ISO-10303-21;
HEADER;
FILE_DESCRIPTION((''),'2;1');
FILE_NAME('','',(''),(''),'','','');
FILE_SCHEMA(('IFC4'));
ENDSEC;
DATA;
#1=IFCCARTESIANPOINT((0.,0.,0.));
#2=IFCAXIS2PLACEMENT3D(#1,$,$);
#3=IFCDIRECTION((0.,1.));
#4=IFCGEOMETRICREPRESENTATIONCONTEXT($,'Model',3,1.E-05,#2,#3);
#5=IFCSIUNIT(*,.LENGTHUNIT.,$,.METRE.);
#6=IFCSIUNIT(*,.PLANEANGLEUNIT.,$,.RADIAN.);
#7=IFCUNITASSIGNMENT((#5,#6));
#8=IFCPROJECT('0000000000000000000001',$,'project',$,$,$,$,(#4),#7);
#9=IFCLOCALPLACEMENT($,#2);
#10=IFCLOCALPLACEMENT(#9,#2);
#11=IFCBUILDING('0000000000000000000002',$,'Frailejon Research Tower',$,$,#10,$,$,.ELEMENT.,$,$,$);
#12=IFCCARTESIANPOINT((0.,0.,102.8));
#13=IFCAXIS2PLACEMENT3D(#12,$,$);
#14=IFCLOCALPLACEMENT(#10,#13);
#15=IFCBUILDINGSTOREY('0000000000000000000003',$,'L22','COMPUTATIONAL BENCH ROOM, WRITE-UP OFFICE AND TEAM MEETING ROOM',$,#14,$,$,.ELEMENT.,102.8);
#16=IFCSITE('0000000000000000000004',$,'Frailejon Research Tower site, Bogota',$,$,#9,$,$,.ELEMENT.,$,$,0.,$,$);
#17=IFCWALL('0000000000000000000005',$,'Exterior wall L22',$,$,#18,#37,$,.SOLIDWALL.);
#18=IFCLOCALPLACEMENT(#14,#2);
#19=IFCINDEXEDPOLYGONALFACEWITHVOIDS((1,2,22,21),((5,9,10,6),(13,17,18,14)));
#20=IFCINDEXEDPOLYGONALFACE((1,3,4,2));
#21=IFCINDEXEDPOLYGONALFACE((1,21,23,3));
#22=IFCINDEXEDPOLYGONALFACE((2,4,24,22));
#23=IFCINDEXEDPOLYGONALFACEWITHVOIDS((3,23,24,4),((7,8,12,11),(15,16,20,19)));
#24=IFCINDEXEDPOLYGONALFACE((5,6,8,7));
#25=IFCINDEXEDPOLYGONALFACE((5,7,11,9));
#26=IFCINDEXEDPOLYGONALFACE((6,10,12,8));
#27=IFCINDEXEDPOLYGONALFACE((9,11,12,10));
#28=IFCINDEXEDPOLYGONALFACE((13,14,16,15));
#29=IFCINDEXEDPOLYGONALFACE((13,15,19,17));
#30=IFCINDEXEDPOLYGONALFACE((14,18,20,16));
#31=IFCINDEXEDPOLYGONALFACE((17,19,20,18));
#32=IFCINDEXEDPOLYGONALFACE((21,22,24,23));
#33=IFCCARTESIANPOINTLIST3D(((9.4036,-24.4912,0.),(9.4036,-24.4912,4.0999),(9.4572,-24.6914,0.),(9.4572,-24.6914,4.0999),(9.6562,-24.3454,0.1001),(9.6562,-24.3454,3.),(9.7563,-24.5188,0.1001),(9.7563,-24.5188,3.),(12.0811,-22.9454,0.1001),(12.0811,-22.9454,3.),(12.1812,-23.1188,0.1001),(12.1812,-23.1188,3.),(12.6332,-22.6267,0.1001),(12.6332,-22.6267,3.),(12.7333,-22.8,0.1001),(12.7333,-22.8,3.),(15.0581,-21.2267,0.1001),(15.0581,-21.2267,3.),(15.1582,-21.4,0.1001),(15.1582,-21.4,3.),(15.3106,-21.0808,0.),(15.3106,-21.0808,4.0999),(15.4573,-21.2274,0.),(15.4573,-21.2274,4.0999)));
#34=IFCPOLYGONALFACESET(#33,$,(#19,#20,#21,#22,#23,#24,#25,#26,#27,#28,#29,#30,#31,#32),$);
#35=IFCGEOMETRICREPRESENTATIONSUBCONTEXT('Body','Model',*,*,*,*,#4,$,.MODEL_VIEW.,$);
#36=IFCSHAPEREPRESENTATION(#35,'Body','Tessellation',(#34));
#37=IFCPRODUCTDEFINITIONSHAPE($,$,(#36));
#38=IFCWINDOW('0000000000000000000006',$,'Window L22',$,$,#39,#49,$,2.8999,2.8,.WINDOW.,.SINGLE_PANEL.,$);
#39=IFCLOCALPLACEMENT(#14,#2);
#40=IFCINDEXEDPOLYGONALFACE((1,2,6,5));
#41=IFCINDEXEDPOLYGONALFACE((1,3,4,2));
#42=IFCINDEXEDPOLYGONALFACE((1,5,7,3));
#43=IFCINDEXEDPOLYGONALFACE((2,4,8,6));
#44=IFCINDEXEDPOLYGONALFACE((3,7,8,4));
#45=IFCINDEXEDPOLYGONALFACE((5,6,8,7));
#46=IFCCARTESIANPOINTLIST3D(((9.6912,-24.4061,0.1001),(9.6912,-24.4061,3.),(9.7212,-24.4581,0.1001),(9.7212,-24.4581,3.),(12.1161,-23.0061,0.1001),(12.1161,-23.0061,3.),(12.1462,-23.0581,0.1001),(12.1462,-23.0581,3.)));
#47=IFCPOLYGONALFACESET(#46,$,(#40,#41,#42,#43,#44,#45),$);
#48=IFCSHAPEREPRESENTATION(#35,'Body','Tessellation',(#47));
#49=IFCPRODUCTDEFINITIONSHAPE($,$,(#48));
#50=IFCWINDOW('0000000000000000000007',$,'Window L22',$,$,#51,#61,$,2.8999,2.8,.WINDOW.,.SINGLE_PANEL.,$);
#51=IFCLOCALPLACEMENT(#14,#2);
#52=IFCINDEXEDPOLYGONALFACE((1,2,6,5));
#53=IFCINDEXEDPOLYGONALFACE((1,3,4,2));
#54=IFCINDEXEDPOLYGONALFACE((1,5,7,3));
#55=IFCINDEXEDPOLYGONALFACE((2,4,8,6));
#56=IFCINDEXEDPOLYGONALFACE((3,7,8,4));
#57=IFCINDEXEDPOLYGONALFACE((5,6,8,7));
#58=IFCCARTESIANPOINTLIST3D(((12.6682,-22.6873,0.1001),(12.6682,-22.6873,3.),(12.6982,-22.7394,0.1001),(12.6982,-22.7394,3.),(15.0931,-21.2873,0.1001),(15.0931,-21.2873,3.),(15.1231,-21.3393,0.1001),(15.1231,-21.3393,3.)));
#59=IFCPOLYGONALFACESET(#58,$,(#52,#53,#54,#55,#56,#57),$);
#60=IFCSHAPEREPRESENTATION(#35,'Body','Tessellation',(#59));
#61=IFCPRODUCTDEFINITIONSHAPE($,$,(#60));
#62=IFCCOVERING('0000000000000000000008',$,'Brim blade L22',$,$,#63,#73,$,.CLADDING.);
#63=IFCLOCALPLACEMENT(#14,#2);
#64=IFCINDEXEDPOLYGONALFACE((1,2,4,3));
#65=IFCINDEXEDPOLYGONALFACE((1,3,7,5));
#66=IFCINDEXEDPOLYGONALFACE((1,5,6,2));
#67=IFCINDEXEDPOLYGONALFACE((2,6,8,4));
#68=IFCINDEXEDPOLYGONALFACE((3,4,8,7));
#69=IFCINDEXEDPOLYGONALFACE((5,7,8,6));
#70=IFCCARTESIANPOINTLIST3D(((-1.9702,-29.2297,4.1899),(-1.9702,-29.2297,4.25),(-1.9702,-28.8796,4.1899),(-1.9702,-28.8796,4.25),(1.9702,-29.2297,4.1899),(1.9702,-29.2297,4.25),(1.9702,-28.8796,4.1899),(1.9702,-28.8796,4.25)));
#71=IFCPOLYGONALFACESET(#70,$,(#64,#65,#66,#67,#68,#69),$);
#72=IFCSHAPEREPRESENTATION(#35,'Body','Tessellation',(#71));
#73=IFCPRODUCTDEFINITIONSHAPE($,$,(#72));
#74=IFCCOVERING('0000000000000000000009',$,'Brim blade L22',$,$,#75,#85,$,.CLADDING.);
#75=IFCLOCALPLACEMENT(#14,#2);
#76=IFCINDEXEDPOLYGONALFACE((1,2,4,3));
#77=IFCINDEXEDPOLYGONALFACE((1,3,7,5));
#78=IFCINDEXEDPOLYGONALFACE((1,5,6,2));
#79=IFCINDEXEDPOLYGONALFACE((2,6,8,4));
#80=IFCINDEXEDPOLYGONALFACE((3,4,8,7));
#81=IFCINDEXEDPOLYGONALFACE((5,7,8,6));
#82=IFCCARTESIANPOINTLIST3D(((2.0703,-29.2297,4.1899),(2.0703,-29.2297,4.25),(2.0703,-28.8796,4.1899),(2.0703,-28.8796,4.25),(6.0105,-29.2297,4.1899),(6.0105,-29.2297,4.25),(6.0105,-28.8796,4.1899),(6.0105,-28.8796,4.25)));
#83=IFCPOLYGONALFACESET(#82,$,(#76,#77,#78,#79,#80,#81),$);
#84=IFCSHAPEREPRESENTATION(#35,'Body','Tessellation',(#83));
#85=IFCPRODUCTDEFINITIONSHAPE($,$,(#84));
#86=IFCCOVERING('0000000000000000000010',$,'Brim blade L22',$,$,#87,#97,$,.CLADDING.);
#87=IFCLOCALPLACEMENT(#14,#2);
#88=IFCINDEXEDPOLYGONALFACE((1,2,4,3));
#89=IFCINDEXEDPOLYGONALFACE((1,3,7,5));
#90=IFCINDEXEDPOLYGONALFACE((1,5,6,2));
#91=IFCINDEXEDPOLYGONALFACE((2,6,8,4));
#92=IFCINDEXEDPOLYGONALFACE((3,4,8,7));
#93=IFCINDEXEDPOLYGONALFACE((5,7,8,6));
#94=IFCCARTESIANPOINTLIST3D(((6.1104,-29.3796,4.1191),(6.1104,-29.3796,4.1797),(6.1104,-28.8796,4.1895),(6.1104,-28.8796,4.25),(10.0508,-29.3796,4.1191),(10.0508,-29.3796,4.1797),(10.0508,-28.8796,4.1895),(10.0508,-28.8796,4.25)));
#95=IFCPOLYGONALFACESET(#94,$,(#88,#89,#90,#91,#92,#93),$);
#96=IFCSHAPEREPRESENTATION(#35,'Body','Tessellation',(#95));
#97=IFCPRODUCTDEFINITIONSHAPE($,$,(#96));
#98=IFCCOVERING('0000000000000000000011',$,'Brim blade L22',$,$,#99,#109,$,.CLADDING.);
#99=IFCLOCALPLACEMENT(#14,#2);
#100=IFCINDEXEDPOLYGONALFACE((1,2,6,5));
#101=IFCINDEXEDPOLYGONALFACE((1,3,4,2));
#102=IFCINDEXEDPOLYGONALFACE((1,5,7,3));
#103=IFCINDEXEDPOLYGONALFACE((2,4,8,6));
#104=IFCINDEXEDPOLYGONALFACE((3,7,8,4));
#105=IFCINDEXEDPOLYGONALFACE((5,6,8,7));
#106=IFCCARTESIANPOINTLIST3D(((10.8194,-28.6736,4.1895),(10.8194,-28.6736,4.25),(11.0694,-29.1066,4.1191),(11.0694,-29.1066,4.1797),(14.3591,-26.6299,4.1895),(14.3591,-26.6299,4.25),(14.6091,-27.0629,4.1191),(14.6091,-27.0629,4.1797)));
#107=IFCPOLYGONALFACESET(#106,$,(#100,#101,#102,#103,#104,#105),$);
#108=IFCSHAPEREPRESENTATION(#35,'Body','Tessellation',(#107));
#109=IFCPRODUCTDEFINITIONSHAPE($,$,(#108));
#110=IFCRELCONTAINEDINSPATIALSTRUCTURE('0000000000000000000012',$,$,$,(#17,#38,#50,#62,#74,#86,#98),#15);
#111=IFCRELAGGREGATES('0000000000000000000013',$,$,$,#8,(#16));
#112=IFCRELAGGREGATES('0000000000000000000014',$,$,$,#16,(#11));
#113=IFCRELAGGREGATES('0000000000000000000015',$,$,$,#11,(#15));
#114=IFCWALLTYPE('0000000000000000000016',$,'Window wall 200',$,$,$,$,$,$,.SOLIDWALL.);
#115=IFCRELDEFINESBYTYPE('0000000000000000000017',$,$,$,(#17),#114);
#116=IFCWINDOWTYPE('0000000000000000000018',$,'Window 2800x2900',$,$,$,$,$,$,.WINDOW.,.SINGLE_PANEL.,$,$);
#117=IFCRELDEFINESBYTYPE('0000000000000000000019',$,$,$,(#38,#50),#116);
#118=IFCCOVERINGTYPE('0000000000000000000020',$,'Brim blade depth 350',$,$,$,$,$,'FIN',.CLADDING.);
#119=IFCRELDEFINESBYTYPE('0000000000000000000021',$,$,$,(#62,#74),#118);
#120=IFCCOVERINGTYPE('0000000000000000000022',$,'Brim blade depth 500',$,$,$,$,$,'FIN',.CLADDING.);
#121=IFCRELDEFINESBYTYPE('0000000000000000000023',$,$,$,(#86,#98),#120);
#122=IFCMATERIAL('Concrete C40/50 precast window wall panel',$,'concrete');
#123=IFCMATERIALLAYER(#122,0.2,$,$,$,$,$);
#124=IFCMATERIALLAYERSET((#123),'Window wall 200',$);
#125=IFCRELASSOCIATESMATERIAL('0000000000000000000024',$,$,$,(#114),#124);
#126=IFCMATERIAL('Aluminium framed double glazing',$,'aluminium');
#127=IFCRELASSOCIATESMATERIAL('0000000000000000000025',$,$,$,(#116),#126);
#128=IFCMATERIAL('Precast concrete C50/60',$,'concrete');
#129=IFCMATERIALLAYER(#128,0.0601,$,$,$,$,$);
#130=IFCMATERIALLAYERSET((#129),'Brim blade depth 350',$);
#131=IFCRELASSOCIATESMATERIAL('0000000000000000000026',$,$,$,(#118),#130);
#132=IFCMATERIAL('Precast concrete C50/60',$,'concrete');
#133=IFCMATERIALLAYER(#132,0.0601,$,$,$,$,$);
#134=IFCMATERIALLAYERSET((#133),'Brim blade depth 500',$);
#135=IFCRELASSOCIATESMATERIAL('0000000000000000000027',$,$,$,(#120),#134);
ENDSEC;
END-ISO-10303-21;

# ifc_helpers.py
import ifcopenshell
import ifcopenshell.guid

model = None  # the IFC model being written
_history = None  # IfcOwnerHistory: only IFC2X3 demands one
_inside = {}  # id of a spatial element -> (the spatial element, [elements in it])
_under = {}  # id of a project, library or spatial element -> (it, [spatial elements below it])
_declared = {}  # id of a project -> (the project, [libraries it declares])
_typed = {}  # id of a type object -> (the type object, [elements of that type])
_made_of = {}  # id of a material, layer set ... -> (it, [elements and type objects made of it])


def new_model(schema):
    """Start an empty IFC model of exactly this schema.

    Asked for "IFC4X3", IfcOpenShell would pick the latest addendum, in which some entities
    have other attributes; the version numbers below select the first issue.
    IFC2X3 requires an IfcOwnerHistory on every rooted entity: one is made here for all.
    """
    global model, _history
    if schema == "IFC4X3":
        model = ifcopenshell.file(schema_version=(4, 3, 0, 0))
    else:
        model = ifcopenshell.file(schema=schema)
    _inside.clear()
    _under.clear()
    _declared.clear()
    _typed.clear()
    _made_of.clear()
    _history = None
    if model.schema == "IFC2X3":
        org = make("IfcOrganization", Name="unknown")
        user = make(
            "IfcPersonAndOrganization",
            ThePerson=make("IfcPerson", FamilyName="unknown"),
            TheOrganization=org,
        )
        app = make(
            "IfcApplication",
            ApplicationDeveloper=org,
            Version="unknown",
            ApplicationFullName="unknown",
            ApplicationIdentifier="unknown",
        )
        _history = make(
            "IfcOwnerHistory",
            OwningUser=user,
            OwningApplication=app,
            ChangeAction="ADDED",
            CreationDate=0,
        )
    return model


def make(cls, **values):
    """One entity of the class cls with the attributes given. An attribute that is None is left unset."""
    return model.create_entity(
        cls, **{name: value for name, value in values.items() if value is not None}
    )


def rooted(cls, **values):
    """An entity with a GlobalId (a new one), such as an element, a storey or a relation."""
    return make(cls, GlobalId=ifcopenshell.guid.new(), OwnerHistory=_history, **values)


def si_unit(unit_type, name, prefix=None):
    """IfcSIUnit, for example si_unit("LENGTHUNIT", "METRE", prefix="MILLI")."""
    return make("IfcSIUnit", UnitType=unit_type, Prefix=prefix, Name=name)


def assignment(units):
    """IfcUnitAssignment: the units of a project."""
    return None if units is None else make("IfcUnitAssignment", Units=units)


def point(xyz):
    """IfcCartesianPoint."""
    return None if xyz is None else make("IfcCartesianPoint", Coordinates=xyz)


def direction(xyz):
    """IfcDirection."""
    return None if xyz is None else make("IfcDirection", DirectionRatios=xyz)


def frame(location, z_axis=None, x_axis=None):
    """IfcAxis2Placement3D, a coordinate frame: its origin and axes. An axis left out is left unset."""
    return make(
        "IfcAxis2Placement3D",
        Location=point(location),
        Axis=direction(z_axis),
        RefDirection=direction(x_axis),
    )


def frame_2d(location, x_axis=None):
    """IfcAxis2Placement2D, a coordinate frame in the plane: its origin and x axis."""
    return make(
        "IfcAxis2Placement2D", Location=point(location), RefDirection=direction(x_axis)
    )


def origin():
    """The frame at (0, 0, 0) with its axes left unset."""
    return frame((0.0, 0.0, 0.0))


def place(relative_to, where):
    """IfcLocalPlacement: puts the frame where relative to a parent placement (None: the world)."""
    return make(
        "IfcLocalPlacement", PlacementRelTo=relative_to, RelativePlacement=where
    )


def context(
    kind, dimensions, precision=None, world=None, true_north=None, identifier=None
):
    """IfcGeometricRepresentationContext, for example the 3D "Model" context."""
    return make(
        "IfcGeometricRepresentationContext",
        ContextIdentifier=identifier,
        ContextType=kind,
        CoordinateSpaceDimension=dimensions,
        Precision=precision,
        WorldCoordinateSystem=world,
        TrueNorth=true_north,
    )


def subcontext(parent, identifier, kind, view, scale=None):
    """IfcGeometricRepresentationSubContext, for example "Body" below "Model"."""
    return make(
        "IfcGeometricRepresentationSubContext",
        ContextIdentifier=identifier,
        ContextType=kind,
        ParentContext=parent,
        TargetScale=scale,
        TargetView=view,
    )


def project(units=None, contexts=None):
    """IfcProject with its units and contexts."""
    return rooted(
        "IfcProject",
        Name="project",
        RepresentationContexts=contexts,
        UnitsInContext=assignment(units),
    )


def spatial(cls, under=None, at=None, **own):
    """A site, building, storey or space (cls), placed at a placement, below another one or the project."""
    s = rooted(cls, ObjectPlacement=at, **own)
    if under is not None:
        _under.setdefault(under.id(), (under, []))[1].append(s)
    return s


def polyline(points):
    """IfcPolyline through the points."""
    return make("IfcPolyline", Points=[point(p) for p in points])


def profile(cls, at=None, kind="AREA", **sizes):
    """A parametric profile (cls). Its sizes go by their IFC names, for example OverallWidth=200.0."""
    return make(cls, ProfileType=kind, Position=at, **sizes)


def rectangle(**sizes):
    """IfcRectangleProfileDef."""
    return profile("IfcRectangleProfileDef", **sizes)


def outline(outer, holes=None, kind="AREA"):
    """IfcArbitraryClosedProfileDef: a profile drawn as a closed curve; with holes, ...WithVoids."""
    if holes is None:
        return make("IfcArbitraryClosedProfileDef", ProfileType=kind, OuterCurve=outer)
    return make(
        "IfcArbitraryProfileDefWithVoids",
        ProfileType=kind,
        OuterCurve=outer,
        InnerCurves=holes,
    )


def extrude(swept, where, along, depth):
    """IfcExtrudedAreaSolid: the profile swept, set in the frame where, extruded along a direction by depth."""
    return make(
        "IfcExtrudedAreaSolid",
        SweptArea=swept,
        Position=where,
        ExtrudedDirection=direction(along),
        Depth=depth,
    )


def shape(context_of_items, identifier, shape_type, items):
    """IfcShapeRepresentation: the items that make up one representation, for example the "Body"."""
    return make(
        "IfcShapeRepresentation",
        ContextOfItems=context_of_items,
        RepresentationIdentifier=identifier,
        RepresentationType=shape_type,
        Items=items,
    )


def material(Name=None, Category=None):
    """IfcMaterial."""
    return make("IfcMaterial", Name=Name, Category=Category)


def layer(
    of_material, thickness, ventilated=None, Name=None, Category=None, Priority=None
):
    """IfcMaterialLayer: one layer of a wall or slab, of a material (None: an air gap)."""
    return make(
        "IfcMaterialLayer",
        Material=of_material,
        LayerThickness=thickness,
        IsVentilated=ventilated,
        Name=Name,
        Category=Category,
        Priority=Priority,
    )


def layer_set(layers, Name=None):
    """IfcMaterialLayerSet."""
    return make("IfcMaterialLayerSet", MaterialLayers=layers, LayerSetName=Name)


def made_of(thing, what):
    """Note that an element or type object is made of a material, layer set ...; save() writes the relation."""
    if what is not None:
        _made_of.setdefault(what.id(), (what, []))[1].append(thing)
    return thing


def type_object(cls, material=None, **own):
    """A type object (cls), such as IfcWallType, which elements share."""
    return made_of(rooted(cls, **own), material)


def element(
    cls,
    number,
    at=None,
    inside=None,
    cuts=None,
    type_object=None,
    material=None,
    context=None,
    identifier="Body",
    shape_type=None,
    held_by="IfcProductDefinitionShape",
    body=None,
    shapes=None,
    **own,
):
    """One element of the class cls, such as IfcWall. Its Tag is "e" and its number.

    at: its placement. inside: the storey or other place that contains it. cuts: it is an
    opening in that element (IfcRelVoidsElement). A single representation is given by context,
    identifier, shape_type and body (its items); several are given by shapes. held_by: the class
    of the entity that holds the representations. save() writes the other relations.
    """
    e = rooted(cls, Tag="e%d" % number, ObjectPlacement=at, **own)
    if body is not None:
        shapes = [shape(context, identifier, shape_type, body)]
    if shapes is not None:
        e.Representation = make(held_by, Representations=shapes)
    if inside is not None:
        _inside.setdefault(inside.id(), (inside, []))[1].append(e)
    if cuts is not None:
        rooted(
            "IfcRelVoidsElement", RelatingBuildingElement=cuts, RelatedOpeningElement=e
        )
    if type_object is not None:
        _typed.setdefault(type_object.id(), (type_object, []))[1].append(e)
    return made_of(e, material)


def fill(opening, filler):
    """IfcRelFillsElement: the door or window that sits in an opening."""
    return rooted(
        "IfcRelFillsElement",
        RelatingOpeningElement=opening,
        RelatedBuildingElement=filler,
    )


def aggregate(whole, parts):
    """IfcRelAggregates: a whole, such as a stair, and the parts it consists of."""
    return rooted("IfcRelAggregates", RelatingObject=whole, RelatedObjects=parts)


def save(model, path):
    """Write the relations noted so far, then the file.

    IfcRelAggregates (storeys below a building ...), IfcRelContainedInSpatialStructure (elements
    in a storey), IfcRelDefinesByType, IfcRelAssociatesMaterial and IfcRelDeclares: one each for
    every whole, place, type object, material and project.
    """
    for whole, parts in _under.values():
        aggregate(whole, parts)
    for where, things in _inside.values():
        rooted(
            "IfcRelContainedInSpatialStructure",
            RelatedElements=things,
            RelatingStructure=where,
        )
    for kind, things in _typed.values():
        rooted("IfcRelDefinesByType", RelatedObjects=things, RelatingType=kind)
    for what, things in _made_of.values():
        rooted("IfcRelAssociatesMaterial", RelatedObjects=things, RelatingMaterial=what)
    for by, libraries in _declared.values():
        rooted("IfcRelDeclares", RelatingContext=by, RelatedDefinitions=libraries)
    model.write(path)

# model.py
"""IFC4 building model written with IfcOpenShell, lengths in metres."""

from ifc_helpers import new_model, si_unit, direction, frame, frame_2d, origin, place, context, subcontext, project, spatial, polyline, rectangle, outline, extrude, material, layer, layer_set, type_object, element, fill, save


model = new_model("IFC4")

# Units and contexts
model_context = context("Model", 3, precision=1e-05, world=origin(), true_north=direction((0.0, 1.0)))
body_context = subcontext(model_context, "Body", "Model", "MODEL_VIEW")
ifc_project = project(units=[si_unit("LENGTHUNIT", "METRE"), si_unit("PLANEANGLEUNIT", "RADIAN")], contexts=[model_context])

# Site, building, storey
site_placement = place(None, origin())
site = spatial("IfcSite", under=ifc_project, at=site_placement, Name="Frailejon Research Tower site, Bogota", CompositionType="ELEMENT", RefElevation=0.0)
building_placement = place(site_placement, origin())
building = spatial("IfcBuilding", under=site, at=building_placement, Name="Frailejon Research Tower", CompositionType="ELEMENT")
storey_placement = place(building_placement, frame((0.0, 0.0, 102.8)))
storey = spatial("IfcBuildingStorey", under=building, at=storey_placement, Name="L22", Description="COMPUTATIONAL BENCH ROOM, WRITE-UP OFFICE AND TEAM MEETING ROOM", CompositionType="ELEMENT", Elevation=102.8)

# Wall, openings, windows
ifc_material_1 = material(Name="Concrete C40/50 precast window wall panel", Category="concrete")
ifc_layer_1 = layer(ifc_material_1, 0.2)
ifc_layer_set_1 = layer_set([ifc_layer_1], Name="Window wall 200")
wall_type_1 = type_object("IfcWallType", Name="Window wall 200", PredefinedType="SOLIDWALL", material=ifc_layer_set_1)
wall_1_placement = place(storey_placement, frame((9.4304, -24.5913, 0.0), z_axis=(0.0, 0.0, 1.0), x_axis=(0.866029, 0.499993, 0.0)))
wall_1 = element("IfcWall", 1, at=wall_1_placement, inside=storey, type_object=wall_type_1, Name="Exterior wall L22", PredefinedType="SOLIDWALL", context=body_context, shape_type="SweptSolid", body=[
    extrude(outline(polyline([(-0.0269, -0.1001), (1.1279, -0.1001), (2.2825, -0.1001), (3.4373, -0.1001), (4.592, -0.1001), (5.7466, -0.1001), (6.9014, -0.1001), (6.8477, 0.1001), (5.7109, 0.1001), (4.574, 0.1001), (3.4373, 0.1001), (2.3005, 0.1001), (1.1636, 0.1001), (0.0269, 0.1001), (-0.0269, -0.1001)])), origin(), (0.0, 0.0, 1.0), 4.0999),
])
opening_1_placement = place(wall_1_placement, frame((0.3186, 0.0, 0.1001)))
opening_1 = element("IfcOpeningElement", 2, at=opening_1_placement, cuts=wall_1, PredefinedType="OPENING", context=body_context, shape_type="SweptSolid", body=[
    extrude(rectangle(XDim=2.8, YDim=2.8999, at=frame_2d((1.3999, 1.45))), frame((0.0, 0.1099, 0.0), z_axis=(0.0, -1.0, 0.0), x_axis=(1.0, 0.0, 0.0)), (0.0, 0.0, 1.0), 0.22),
])
opening_2_placement = place(wall_1_placement, frame((3.7561, 0.0, 0.1001)))
opening_2 = element("IfcOpeningElement", 3, at=opening_2_placement, cuts=wall_1, PredefinedType="OPENING", context=body_context, shape_type="SweptSolid", body=[
    extrude(rectangle(XDim=2.8, YDim=2.8999, at=frame_2d((1.3999, 1.45))), frame((0.0, 0.1099, 0.0), z_axis=(0.0, -1.0, 0.0), x_axis=(1.0, 0.0, 0.0)), (0.0, 0.0, 1.0), 0.22),
])
ifc_material_2 = material(Name="Aluminium framed double glazing", Category="aluminium")
window_type = type_object("IfcWindowType", Name="Window 2800x2900", PartitioningType="SINGLE_PANEL", PredefinedType="WINDOW", material=ifc_material_2)
window_1_placement = place(opening_1_placement, origin())
window_1 = element("IfcWindow", 4, at=window_1_placement, inside=storey, type_object=window_type, Name="Window L22", OverallHeight=2.8999, OverallWidth=2.8, PartitioningType="SINGLE_PANEL", PredefinedType="WINDOW", context=body_context, shape_type="SweptSolid", body=[
    extrude(rectangle(XDim=2.8, YDim=2.8999, at=frame_2d((1.3999, 1.45))), frame((0.0, 0.03, 0.0), z_axis=(0.0, -1.0, 0.0), x_axis=(1.0, 0.0, 0.0)), (0.0, 0.0, 1.0), 0.0601),
])
fill(opening_1, window_1)
window_2_placement = place(opening_2_placement, origin())
window_2 = element("IfcWindow", 5, at=window_2_placement, inside=storey, type_object=window_type, Name="Window L22", OverallHeight=2.8999, OverallWidth=2.8, PartitioningType="SINGLE_PANEL", PredefinedType="WINDOW", context=body_context, shape_type="SweptSolid", body=[
    extrude(rectangle(XDim=2.8, YDim=2.8999, at=frame_2d((1.3999, 1.45))), frame((0.0, 0.03, 0.0), z_axis=(0.0, -1.0, 0.0), x_axis=(1.0, 0.0, 0.0)), (0.0, 0.0, 1.0), 0.0601),
])
fill(opening_2, window_2)

# Coverings
ifc_material_3 = material(Name="Precast concrete C50/60", Category="concrete")
ifc_layer_2 = layer(ifc_material_3, 0.0601)
ifc_layer_set_2 = layer_set([ifc_layer_2], Name="Brim blade depth 350")
covering_type_1 = type_object("IfcCoveringType", Name="Brim blade depth 350", ElementType="FIN", PredefinedType="CLADDING", material=ifc_layer_set_2)
covering_1_placement = place(storey_placement, frame((1.9702, -28.8796, 4.25), z_axis=(-1.0, 0.0, 0.0), x_axis=(0.0, -1.0, 0.0)))
element("IfcCovering", 6, at=covering_1_placement, inside=storey, type_object=covering_type_1, Name="Brim blade L22", PredefinedType="CLADDING", context=body_context, shape_type="SweptSolid", body=[
    extrude(outline(polyline([(0.0, -0.0601), (0.3501, -0.0601), (0.3501, 0.0), (0.0, 0.0), (0.0, -0.0601)])), origin(), (0.0, 0.0, 1.0), 3.9404),
])
covering_2_placement = place(storey_placement, frame((6.0105, -28.8796, 4.25), z_axis=(-1.0, 0.0, 0.0), x_axis=(0.0, -1.0, 0.0)))
element("IfcCovering", 7, at=covering_2_placement, inside=storey, type_object=covering_type_1, Name="Brim blade L22", PredefinedType="CLADDING", context=body_context, shape_type="SweptSolid", body=[
    extrude(outline(polyline([(0.0, -0.0601), (0.3501, -0.0601), (0.3501, 0.0), (0.0, 0.0), (0.0, -0.0601)])), origin(), (0.0, 0.0, 1.0), 3.9402),
])
ifc_material_4 = material(Name="Precast concrete C50/60", Category="concrete")
ifc_layer_3 = layer(ifc_material_4, 0.0601)
ifc_layer_set_3 = layer_set([ifc_layer_3], Name="Brim blade depth 500")
covering_type_2 = type_object("IfcCoveringType", Name="Brim blade depth 500", ElementType="FIN", PredefinedType="CLADDING", material=ifc_layer_set_3)
covering_3_placement = place(storey_placement, frame((10.0508, -28.8796, 4.25), z_axis=(-1.0, 0.0, 0.0), x_axis=(0.0, -1.0, 0.0)))
element("IfcCovering", 8, at=covering_3_placement, inside=storey, type_object=covering_type_2, Name="Brim blade L22", PredefinedType="CLADDING", context=body_context, shape_type="SweptSolid", body=[
    extrude(outline(polyline([(0.0, -0.0605), (0.5, -0.1309), (0.5, -0.0703), (0.0, 0.0), (0.0, -0.0605)])), origin(), (0.0, 0.0, 1.0), 3.9404),
])
covering_4_placement = place(storey_placement, frame((14.3591, -26.6299, 4.25), z_axis=(-0.866021, -0.500007, 0.0), x_axis=(0.500007, -0.866021, 0.0)))
element("IfcCovering", 9, at=covering_4_placement, inside=storey, type_object=covering_type_2, Name="Brim blade L22", PredefinedType="CLADDING", context=body_context, shape_type="SweptSolid", body=[
    extrude(outline(polyline([(0.0, -0.0605), (0.5, -0.1309), (0.5, -0.0703), (0.0, 0.0), (0.0, -0.0605)])), origin(), (0.0, 0.0, 1.0), 4.0874),
])

save(model, "model.ifc")
